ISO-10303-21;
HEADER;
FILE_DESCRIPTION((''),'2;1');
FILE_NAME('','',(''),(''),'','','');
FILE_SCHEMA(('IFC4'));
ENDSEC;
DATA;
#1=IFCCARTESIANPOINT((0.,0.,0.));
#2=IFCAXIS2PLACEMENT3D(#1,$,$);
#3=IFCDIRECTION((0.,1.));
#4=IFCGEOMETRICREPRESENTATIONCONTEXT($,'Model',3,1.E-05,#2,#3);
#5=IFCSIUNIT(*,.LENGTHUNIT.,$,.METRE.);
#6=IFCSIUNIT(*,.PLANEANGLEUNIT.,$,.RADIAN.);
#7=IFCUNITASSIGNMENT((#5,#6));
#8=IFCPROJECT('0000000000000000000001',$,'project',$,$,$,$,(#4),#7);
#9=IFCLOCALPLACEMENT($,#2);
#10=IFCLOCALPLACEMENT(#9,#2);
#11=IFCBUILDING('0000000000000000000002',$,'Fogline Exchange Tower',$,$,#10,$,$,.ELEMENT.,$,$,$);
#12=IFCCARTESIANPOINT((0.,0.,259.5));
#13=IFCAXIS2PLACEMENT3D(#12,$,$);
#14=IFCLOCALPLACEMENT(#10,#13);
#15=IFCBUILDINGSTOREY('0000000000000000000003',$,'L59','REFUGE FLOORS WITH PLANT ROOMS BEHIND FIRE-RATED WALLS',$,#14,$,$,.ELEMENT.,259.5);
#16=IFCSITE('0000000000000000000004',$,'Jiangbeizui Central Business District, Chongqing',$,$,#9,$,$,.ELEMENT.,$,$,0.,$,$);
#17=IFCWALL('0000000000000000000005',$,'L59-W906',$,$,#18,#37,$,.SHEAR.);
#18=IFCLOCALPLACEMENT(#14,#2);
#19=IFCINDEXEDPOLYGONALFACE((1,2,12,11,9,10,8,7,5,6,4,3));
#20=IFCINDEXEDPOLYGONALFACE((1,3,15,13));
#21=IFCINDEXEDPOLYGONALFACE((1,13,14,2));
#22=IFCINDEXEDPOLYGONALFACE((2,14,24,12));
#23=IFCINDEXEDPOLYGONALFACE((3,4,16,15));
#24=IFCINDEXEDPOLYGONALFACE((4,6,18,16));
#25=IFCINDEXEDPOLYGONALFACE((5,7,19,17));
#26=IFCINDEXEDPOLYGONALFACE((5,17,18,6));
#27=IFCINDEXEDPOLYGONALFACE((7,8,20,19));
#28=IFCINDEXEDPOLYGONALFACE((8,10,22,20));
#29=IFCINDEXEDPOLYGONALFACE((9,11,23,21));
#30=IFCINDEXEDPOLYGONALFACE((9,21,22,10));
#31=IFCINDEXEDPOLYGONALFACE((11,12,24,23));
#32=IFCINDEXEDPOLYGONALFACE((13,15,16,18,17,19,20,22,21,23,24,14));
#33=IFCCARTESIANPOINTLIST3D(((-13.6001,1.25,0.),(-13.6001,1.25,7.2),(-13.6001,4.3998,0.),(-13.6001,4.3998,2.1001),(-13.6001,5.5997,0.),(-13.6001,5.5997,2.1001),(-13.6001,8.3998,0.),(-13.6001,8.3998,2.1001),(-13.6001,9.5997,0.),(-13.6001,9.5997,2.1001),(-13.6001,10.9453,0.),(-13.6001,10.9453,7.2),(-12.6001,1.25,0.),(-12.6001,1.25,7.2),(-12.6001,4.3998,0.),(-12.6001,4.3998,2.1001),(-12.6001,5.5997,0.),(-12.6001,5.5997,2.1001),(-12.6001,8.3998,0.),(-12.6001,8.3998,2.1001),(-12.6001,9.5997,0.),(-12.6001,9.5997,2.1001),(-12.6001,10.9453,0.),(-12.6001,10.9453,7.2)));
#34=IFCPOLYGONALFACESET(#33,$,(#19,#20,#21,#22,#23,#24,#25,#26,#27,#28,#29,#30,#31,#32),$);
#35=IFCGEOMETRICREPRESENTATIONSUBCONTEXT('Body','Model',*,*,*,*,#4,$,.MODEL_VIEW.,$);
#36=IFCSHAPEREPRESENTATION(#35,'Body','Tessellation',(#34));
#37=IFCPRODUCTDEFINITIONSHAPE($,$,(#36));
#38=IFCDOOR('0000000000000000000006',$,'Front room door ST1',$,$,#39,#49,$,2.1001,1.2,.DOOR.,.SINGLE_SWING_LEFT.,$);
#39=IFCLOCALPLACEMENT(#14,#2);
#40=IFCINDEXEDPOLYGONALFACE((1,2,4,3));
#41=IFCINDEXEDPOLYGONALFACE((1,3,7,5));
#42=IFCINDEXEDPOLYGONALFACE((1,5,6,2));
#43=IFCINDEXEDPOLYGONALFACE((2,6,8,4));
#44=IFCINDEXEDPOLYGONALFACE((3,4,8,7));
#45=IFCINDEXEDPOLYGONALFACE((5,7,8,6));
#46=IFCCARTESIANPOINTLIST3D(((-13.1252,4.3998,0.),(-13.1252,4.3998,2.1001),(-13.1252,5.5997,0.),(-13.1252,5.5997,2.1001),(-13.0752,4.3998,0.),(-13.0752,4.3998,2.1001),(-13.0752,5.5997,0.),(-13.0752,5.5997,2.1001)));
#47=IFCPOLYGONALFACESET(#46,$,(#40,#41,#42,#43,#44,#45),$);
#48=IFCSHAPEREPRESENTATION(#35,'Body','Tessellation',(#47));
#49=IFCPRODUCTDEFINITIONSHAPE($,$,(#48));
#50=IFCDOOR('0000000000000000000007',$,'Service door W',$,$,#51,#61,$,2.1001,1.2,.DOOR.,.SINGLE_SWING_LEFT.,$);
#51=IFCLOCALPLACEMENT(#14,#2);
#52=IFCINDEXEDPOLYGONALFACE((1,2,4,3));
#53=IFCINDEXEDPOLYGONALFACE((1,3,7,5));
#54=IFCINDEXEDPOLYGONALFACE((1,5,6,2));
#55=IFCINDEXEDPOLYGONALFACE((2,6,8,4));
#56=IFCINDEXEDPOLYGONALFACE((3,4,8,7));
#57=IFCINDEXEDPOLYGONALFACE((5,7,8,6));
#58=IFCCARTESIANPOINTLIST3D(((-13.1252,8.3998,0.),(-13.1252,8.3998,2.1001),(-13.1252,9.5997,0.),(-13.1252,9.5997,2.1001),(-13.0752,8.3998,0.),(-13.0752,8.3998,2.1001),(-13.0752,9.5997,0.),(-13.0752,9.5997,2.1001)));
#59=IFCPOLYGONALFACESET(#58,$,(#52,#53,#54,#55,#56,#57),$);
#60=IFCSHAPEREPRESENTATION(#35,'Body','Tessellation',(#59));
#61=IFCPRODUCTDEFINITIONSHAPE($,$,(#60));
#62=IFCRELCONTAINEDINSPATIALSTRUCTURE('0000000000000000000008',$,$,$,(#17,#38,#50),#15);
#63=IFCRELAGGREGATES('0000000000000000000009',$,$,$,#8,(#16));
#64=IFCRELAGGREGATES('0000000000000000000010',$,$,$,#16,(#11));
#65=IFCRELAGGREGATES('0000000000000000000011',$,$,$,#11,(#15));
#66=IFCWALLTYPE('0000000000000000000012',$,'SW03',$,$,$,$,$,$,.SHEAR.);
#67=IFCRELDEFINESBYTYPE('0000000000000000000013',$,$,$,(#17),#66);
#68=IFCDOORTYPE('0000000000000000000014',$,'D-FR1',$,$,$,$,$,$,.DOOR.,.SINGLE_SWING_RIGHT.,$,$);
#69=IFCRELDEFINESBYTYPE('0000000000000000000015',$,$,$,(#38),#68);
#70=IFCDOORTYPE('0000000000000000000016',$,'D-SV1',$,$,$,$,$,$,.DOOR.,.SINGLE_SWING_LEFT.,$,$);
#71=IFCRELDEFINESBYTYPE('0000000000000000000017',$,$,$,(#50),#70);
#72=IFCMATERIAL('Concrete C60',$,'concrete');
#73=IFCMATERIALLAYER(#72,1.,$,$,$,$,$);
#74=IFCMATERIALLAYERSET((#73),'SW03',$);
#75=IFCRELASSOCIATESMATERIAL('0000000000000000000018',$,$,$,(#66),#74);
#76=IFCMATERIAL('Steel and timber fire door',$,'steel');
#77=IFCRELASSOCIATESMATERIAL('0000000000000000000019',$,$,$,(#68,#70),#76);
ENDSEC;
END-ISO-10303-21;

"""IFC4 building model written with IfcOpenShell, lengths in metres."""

from ifc_helpers import new_model, si_unit, direction, frame, frame_2d, origin, place, context, subcontext, project, spatial, rectangle, extrude, material, layer, layer_set, type_object, element, fill, save


model = new_model("IFC4")

# Units and contexts
model_context = context("Model", 3, precision=1e-05, world=origin(), true_north=direction((0.0, 1.0)))
body_context = subcontext(model_context, "Body", "Model", "MODEL_VIEW")
ifc_project = project(units=[si_unit("LENGTHUNIT", "METRE"), si_unit("PLANEANGLEUNIT", "RADIAN")], contexts=[model_context])

# Site, building, storey
site_placement = place(None, origin())
site = spatial("IfcSite", under=ifc_project, at=site_placement, Name="Jiangbeizui Central Business District, Chongqing", CompositionType="ELEMENT", RefElevation=0.0)
building_placement = place(site_placement, origin())
building = spatial("IfcBuilding", under=site, at=building_placement, Name="Fogline Exchange Tower", CompositionType="ELEMENT")
storey_placement = place(building_placement, frame((0.0, 0.0, 259.5)))
storey = spatial("IfcBuildingStorey", under=building, at=storey_placement, Name="L59", Description="REFUGE FLOORS WITH PLANT ROOMS BEHIND FIRE-RATED WALLS", CompositionType="ELEMENT", Elevation=259.5)

# Shared definitions
ifc_material_1 = material(Name="Steel and timber fire door", Category="steel")

# Wall, openings, doors
ifc_material_2 = material(Name="Concrete C60", Category="concrete")
ifc_layer_1 = layer(ifc_material_2, 1.0)
ifc_layer_set_1 = layer_set([ifc_layer_1], Name="SW03")
wall_type_1 = type_object("IfcWallType", Name="SW03", PredefinedType="SHEAR", material=ifc_layer_set_1)
wall_1_placement = place(storey_placement, frame((-13.1001, 10.9453, 0.0), z_axis=(0.0, 0.0, 1.0), x_axis=(0.0, -1.0, 0.0)))
wall_1 = element("IfcWall", 1, at=wall_1_placement, inside=storey, type_object=wall_type_1, Name="L59-W906", PredefinedType="SHEAR", context=body_context, shape_type="SweptSolid", body=[
    extrude(rectangle(XDim=9.6953, YDim=1.0, at=frame_2d((4.8477, 0.0))), origin(), (0.0, 0.0, 1.0), 7.2),
])
opening_1_placement = place(wall_1_placement, frame((5.3455, 0.0, 0.0)))
opening_1 = element("IfcOpeningElement", 2, at=opening_1_placement, cuts=wall_1, PredefinedType="OPENING", context=body_context, shape_type="SweptSolid", body=[
    extrude(rectangle(XDim=1.2, YDim=2.1001, at=frame_2d((0.6001, 1.05))), frame((0.0, 0.51, 0.0), z_axis=(0.0, -1.0, 0.0), x_axis=(1.0, 0.0, 0.0)), (0.0, 0.0, 1.0), 1.02),
])
opening_2_placement = place(wall_1_placement, frame((1.3455, 0.0, 0.0)))
opening_2 = element("IfcOpeningElement", 3, at=opening_2_placement, cuts=wall_1, PredefinedType="OPENING", context=body_context, shape_type="SweptSolid", body=[
    extrude(rectangle(XDim=1.2, YDim=2.1001, at=frame_2d((0.6001, 1.05))), frame((0.0, 0.51, 0.0), z_axis=(0.0, -1.0, 0.0), x_axis=(1.0, 0.0, 0.0)), (0.0, 0.0, 1.0), 1.02),
])
door_type_1 = type_object("IfcDoorType", Name="D-FR1", OperationType="SINGLE_SWING_RIGHT", PredefinedType="DOOR", material=ifc_material_1)
door_1_placement = place(opening_1_placement, origin())
door_1 = element("IfcDoor", 4, at=door_1_placement, inside=storey, type_object=door_type_1, Name="Front room door ST1", OperationType="SINGLE_SWING_LEFT", OverallHeight=2.1001, OverallWidth=1.2, PredefinedType="DOOR", context=body_context, shape_type="SweptSolid", body=[
    extrude(rectangle(XDim=1.2, YDim=2.1001, at=frame_2d((0.6001, 1.05))), frame((0.0, 0.0249, 0.0), z_axis=(0.0, -1.0, 0.0), x_axis=(1.0, 0.0, 0.0)), (0.0, 0.0, 1.0), 0.05),
])
fill(opening_1, door_1)
door_type_2 = type_object("IfcDoorType", Name="D-SV1", OperationType="SINGLE_SWING_LEFT", PredefinedType="DOOR", material=ifc_material_1)
door_2_placement = place(opening_2_placement, origin())
door_2 = element("IfcDoor", 5, at=door_2_placement, inside=storey, type_object=door_type_2, Name="Service door W", OperationType="SINGLE_SWING_LEFT", OverallHeight=2.1001, OverallWidth=1.2, PredefinedType="DOOR", context=body_context, shape_type="SweptSolid", body=[
    extrude(rectangle(XDim=1.2, YDim=2.1001, at=frame_2d((0.6001, 1.05))), frame((0.0, 0.0249, 0.0), z_axis=(0.0, -1.0, 0.0), x_axis=(1.0, 0.0, 0.0)), (0.0, 0.0, 1.0), 0.05),
])
fill(opening_2, door_2)

save(model, "model.ifc")
